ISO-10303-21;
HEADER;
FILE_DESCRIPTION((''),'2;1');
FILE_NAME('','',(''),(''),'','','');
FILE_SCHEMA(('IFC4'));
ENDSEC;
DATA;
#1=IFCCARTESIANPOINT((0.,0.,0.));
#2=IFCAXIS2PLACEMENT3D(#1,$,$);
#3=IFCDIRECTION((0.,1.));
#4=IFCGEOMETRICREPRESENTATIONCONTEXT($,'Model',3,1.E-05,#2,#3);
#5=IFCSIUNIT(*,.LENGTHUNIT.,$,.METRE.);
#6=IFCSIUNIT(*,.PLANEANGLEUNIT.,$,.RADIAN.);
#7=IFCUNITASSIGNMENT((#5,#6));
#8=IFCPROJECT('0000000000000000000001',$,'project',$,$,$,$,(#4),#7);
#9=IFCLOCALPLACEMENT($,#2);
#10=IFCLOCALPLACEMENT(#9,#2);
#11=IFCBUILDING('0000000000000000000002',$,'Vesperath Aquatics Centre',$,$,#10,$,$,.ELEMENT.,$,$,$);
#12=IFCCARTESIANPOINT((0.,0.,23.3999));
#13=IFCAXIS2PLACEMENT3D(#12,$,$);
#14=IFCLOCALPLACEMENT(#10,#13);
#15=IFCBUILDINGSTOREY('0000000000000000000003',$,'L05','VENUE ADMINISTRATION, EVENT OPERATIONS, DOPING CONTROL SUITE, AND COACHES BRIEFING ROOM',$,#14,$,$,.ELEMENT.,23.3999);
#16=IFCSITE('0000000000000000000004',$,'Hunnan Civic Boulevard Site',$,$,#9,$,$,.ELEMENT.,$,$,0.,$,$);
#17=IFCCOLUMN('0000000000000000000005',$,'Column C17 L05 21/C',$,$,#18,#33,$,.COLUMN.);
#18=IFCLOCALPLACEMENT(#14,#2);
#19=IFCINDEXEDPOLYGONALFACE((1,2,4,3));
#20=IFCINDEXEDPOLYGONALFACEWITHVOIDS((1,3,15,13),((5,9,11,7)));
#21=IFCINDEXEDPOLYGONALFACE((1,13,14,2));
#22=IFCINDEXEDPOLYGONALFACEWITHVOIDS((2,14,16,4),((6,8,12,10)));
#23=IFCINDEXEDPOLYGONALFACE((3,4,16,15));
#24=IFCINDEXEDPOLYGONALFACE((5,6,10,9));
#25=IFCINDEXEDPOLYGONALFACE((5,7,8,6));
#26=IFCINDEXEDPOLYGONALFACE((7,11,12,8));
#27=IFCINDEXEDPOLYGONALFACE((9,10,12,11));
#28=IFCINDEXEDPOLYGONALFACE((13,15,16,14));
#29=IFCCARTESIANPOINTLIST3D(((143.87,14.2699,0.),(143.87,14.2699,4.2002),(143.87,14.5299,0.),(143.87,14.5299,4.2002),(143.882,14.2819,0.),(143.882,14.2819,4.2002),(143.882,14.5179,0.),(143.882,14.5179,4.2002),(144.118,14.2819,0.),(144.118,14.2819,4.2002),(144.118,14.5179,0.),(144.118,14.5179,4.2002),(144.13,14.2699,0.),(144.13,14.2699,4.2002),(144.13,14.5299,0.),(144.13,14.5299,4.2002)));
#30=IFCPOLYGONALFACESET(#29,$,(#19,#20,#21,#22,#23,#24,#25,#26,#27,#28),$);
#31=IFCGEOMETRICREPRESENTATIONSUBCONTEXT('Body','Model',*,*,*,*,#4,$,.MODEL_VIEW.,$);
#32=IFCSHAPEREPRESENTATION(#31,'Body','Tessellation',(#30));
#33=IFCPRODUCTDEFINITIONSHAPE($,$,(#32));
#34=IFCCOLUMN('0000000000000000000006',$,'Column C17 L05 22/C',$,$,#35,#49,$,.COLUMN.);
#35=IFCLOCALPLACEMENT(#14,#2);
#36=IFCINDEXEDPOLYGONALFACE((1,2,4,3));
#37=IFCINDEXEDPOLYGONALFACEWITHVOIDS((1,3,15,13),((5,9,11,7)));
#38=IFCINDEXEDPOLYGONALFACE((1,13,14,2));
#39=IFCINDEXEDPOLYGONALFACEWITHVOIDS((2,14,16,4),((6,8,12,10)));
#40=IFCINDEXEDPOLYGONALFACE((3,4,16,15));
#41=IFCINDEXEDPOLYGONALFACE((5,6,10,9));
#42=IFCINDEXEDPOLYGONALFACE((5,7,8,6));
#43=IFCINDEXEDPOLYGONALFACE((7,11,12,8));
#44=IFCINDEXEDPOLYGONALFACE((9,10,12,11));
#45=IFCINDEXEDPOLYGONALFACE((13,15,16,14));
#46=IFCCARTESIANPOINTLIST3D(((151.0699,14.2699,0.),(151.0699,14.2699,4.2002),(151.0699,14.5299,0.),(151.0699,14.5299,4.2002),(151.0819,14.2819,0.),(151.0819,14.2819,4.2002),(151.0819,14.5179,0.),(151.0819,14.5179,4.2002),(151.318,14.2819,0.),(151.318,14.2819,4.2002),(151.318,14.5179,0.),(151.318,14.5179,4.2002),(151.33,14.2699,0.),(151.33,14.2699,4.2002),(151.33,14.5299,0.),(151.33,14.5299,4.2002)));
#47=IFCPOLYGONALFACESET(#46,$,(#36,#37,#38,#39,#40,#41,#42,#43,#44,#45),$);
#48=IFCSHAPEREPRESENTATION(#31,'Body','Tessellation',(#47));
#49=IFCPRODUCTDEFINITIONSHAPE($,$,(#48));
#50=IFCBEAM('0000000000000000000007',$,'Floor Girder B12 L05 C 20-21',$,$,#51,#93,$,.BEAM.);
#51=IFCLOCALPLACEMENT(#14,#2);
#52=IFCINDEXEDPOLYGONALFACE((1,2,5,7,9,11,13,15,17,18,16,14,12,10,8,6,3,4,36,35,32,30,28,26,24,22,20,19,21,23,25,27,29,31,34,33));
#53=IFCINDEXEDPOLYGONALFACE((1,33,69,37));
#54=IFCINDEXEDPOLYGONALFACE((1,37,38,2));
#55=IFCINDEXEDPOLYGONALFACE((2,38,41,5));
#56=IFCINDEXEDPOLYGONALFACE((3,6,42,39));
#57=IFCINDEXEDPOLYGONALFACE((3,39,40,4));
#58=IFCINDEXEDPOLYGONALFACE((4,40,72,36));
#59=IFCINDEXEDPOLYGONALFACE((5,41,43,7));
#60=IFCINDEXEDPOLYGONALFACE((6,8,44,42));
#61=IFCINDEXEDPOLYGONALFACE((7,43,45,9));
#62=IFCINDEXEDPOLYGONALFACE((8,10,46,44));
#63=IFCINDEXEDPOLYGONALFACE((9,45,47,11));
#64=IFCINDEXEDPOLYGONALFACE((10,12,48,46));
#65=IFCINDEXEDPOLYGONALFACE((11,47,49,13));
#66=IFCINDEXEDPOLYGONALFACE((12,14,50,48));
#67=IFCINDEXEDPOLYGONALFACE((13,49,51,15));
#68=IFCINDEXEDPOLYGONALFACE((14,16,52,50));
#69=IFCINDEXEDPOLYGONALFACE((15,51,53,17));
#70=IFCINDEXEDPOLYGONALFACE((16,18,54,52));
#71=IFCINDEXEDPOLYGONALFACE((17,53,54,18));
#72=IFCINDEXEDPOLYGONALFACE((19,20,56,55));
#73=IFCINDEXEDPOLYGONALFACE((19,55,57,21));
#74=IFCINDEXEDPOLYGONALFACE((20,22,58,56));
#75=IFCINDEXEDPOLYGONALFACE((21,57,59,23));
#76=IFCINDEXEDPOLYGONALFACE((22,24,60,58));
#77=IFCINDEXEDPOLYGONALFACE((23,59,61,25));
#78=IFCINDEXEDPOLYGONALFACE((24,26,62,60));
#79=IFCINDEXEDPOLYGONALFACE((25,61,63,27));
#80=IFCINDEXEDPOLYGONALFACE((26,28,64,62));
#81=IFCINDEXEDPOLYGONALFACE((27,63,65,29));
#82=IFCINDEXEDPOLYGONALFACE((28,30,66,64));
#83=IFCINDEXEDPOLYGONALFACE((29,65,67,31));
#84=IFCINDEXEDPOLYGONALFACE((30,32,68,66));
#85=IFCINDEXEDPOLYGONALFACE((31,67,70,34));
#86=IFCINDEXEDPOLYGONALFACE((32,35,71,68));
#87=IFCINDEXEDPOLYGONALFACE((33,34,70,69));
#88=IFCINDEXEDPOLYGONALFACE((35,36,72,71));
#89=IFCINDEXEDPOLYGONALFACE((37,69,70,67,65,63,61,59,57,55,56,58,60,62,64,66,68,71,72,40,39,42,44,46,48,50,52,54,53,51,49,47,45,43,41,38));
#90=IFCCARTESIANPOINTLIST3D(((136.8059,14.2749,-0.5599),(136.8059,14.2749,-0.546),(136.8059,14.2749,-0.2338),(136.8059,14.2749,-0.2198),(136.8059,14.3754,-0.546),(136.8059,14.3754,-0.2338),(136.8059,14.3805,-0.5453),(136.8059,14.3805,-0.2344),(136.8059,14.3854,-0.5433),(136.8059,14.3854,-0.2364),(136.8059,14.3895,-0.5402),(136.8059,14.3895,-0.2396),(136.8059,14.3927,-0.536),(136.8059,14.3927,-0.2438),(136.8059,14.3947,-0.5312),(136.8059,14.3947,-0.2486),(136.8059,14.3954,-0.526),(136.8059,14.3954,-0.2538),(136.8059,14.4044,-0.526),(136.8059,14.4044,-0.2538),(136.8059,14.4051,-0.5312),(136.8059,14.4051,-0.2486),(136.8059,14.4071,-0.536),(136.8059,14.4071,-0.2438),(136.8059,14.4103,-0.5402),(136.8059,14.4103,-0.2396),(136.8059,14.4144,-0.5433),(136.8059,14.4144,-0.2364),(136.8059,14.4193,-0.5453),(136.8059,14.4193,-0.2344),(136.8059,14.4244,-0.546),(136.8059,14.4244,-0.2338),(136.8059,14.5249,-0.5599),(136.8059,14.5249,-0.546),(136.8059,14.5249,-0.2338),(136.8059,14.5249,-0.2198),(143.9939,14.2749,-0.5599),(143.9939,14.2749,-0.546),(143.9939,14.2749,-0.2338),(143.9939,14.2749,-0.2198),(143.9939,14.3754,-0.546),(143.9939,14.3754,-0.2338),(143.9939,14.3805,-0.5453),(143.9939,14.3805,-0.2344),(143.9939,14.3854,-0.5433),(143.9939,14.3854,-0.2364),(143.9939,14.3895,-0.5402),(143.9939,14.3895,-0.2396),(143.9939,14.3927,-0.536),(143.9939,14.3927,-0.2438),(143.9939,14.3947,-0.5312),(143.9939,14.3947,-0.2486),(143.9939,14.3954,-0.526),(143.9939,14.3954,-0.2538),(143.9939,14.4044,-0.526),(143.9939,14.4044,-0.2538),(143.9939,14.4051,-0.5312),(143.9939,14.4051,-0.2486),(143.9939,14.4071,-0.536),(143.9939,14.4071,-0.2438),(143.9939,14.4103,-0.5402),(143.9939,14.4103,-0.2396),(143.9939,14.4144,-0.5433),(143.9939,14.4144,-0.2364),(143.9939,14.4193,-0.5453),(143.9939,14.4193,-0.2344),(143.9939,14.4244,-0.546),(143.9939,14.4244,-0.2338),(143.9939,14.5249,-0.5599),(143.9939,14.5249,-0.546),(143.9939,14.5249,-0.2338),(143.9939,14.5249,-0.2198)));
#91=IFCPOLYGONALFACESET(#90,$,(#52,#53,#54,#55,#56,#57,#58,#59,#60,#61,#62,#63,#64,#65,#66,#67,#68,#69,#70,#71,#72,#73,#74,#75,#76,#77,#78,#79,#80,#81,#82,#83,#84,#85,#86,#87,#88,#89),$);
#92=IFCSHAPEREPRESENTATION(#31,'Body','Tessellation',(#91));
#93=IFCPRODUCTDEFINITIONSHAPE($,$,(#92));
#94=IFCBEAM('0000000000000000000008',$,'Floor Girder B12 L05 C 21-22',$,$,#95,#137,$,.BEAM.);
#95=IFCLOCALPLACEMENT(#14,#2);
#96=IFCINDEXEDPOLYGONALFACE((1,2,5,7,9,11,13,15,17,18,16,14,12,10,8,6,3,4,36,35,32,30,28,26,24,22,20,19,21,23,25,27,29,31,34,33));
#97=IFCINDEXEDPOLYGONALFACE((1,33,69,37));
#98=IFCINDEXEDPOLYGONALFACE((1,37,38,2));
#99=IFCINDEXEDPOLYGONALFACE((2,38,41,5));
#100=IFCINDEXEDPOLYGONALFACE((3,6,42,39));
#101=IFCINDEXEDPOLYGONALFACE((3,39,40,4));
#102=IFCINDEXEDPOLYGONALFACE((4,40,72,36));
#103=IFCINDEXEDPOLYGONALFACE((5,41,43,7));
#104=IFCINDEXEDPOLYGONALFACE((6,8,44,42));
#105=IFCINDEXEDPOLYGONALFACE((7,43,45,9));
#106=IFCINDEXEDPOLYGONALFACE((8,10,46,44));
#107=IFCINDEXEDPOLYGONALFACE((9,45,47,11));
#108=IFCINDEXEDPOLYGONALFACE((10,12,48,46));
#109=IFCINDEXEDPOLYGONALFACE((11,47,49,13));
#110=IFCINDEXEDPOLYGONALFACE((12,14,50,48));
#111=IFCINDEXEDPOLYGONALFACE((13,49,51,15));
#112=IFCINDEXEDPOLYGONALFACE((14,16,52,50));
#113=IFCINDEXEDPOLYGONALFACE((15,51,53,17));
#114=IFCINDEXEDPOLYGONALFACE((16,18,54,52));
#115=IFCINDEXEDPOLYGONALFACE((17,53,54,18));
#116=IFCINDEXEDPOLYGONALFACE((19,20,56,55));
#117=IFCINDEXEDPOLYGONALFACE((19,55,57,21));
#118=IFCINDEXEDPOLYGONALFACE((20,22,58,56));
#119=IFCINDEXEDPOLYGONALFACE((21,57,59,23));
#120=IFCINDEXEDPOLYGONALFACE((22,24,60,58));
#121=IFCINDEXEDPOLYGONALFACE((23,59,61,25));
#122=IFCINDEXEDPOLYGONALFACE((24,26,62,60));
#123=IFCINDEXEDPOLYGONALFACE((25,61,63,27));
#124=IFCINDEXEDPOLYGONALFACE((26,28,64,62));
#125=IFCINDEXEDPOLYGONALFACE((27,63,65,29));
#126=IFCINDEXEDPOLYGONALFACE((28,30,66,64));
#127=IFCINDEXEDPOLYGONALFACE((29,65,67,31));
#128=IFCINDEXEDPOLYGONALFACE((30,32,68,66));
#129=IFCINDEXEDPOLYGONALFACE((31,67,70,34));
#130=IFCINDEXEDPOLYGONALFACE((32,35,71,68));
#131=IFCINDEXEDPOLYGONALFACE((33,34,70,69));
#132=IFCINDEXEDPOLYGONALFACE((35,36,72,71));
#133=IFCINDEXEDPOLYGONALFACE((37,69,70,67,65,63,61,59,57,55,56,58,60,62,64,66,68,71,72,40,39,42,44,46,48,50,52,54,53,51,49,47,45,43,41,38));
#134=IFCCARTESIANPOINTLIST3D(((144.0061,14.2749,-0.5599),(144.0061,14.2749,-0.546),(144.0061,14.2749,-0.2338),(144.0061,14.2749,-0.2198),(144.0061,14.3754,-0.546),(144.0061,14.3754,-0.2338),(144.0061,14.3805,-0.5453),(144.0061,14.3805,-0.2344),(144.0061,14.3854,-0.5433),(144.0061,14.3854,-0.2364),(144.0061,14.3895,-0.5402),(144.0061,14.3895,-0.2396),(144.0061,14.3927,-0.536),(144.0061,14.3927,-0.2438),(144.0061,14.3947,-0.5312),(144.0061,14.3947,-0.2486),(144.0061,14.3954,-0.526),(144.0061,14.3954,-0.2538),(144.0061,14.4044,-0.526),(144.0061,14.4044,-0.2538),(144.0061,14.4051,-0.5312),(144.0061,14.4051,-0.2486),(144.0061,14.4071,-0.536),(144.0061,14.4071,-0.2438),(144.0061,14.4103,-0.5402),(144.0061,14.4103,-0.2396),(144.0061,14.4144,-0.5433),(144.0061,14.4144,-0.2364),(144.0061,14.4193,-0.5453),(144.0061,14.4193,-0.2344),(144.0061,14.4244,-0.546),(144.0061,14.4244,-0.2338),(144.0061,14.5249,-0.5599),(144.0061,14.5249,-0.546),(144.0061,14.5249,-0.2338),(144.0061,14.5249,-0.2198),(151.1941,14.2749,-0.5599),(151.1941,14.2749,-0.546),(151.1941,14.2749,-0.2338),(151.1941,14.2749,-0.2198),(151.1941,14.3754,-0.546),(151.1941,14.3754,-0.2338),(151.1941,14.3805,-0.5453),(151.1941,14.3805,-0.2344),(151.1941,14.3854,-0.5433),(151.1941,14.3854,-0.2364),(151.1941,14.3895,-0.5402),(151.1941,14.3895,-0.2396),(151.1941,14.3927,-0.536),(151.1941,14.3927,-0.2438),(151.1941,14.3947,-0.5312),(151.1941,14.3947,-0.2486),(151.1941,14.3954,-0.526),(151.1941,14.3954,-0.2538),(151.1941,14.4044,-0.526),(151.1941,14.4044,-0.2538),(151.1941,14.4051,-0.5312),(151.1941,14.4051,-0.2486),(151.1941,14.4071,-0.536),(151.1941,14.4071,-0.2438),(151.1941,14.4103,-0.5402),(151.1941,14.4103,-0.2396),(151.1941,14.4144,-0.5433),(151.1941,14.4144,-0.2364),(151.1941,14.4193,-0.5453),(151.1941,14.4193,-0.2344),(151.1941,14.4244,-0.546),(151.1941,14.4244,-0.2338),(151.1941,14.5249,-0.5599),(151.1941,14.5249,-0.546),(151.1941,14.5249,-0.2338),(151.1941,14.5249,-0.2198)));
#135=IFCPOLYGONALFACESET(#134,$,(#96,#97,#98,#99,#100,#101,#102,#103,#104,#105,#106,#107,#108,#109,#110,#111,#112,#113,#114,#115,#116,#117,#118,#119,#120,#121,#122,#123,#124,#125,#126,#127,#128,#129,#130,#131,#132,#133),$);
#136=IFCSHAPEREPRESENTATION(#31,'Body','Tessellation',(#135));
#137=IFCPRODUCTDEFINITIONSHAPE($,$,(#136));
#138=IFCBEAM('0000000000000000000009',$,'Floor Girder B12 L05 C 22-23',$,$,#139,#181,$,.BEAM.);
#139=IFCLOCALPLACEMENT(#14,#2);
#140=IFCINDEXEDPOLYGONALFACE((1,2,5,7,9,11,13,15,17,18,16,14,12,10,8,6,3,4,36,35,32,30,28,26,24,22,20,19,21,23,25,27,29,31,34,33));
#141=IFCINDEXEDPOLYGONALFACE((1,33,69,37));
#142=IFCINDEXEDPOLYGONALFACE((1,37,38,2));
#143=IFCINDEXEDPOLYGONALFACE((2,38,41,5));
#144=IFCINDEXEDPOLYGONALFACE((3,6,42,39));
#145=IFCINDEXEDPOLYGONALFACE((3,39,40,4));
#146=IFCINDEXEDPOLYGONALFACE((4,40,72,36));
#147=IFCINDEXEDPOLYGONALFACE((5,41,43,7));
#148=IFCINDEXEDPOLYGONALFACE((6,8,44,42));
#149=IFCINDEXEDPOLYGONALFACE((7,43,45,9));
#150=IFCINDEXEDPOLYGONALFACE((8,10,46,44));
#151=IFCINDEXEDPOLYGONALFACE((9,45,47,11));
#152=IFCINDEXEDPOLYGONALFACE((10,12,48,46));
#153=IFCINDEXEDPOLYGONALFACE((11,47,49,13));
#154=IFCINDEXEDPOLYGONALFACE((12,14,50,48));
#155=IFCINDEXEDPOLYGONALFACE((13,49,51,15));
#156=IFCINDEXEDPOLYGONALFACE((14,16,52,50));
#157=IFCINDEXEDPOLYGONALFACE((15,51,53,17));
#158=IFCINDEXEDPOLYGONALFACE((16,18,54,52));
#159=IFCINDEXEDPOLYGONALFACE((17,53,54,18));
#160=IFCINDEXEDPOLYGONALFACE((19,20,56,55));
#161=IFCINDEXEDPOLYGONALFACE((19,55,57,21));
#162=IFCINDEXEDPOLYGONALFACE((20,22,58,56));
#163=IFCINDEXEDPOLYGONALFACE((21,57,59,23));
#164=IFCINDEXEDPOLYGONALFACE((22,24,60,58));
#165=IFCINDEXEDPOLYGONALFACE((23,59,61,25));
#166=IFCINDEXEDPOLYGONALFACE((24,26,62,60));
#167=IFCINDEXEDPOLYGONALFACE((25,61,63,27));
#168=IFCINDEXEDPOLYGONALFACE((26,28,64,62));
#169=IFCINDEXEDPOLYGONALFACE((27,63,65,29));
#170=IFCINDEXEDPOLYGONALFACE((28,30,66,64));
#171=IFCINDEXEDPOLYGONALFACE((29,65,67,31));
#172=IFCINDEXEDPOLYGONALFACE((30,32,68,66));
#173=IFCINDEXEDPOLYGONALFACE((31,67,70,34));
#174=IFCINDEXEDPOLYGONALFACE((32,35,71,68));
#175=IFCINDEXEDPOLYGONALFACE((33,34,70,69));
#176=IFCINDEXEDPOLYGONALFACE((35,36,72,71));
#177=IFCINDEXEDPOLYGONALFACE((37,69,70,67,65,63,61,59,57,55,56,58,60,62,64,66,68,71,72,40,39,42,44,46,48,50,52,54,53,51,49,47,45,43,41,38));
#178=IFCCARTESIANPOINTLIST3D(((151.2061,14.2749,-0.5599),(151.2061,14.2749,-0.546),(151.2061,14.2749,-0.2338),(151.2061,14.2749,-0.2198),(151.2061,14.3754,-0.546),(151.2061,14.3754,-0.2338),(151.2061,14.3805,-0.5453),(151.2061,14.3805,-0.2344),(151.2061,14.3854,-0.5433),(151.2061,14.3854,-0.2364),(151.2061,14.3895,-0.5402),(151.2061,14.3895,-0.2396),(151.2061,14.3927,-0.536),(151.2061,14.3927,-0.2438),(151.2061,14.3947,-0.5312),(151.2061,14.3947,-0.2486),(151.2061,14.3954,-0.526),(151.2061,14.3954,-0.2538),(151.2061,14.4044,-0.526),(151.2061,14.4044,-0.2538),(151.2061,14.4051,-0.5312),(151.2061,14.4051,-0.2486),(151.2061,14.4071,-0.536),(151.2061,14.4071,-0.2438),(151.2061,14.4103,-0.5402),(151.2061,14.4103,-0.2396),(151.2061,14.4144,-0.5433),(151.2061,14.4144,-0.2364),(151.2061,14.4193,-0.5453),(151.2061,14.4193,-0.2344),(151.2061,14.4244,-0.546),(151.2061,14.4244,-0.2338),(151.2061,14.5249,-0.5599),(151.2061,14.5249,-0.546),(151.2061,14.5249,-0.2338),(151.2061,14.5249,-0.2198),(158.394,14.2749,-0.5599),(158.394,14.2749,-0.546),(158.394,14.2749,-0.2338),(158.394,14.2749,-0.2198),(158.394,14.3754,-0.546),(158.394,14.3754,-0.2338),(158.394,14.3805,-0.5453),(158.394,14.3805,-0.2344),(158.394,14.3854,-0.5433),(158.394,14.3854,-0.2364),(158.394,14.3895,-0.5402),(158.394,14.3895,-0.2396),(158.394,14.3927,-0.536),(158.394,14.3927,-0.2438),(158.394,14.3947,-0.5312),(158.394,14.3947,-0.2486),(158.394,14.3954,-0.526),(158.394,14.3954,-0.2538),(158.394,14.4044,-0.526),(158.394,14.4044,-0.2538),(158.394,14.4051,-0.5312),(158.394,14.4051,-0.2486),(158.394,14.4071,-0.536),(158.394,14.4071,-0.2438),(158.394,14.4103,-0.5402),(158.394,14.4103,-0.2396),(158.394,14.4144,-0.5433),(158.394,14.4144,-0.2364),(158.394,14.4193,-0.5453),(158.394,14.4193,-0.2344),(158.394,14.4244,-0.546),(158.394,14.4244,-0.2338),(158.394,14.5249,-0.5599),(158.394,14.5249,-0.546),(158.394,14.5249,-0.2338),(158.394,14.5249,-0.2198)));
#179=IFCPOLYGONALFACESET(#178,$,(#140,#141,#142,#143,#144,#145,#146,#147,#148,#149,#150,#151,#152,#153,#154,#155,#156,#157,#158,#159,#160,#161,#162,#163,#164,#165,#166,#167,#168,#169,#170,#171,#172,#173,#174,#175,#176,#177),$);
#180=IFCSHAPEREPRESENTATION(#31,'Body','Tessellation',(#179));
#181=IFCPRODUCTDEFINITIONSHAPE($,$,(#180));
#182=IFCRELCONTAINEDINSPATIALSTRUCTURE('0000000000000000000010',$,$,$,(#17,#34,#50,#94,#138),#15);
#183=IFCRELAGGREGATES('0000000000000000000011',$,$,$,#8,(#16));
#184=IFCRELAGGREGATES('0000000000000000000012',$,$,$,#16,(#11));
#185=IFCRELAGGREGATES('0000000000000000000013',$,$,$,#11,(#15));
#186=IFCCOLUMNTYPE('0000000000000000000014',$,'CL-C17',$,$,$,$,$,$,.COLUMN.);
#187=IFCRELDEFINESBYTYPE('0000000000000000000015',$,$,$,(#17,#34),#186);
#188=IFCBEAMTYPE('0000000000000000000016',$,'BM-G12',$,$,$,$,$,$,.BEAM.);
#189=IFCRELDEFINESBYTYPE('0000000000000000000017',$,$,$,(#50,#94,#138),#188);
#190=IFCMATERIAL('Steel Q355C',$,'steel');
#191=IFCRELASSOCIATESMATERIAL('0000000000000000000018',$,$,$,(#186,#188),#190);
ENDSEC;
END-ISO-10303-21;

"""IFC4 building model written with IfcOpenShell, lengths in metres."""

from ifc_helpers import new_model, si_unit, direction, frame, origin, origin_2d, place, context, subcontext, project, spatial, hollow_rectangle, i_section, extrude, material, material_profile, profile_set, type_object, element, save


model = new_model("IFC4")

# Units and contexts
model_context = context("Model", 3, precision=1e-05, world=origin(), true_north=direction((0.0, 1.0)))
body_context = subcontext(model_context, "Body", "Model", "MODEL_VIEW")
ifc_project = project(units=[si_unit("LENGTHUNIT", "METRE"), si_unit("PLANEANGLEUNIT", "RADIAN")], contexts=[model_context])

# Site, building, storey
site_placement = place(None, origin())
site = spatial("IfcSite", under=ifc_project, at=site_placement, Name="Hunnan Civic Boulevard Site", CompositionType="ELEMENT", RefElevation=0.0)
building_placement = place(site_placement, origin())
building = spatial("IfcBuilding", under=site, at=building_placement, Name="Vesperath Aquatics Centre", CompositionType="ELEMENT")
storey_placement = place(building_placement, frame((0.0, 0.0, 23.3999)))
storey = spatial("IfcBuildingStorey", under=building, at=storey_placement, Name="L05", Description="VENUE ADMINISTRATION, EVENT OPERATIONS, DOPING CONTROL SUITE, AND COACHES BRIEFING ROOM", CompositionType="ELEMENT", Elevation=23.3999)

# Columns
ifc_material_1 = material(Name="Steel Q355C", Category="steel")
ifc_material_profile_1 = material_profile(ifc_material_1, hollow_rectangle(XDim=0.26, YDim=0.26, WallThickness=0.012, at=origin_2d()), Name="SHS 260x260x12")
ifc_profile_set_1 = profile_set([ifc_material_profile_1], Name="Steel Q355C")
column_type = type_object("IfcColumnType", Name="CL-C17", PredefinedType="COLUMN", material=ifc_profile_set_1)
for number, where, z_axis, x_axis, name in (
    (1, (144.0, 14.3999, 0.0), (0.0, 0.0, 1.0), (1.0, 0.0, 0.0), "Column C17 L05 21/C"),
    (2, (151.2, 14.3999, 0.0), (0.0, 0.0, 1.0), (1.0, 0.0, 0.0), "Column C17 L05 22/C"),
):
    element("IfcColumn", number, at=place(storey_placement, frame(where, z_axis=z_axis, x_axis=x_axis)), inside=storey, type_object=column_type, Name=name, PredefinedType="COLUMN", context=body_context, shape_type="SweptSolid", body=[
        extrude(hollow_rectangle(XDim=0.26, YDim=0.26, WallThickness=0.012, at=origin_2d()), origin(), (0.0, 0.0, 1.0), 4.2002),
    ])

# Beams
ifc_material_profile_2 = material_profile(ifc_material_1, i_section(OverallWidth=0.25, OverallDepth=0.3401, WebThickness=0.009, FlangeThickness=0.0139, FilletRadius=0.02, at=origin_2d()), Name="HM 340x250x9x14")
ifc_profile_set_2 = profile_set([ifc_material_profile_2], Name="Steel Q355C")
beam_type_1 = type_object("IfcBeamType", Name="BM-G12", PredefinedType="BEAM", material=ifc_profile_set_2)
for number, where, z_axis, x_axis, name in (
    (3, (136.8059, 14.3999, -0.3899), (1.0, 0.0, 0.0), (0.0, 1.0, 0.0), "Floor Girder B12 L05 C 20-21"),
    (4, (144.0061, 14.3999, -0.3899), (1.0, 0.0, 0.0), (0.0, 1.0, 0.0), "Floor Girder B12 L05 C 21-22"),
    (5, (151.2061, 14.3999, -0.3899), (1.0, 0.0, 0.0), (0.0, 1.0, 0.0), "Floor Girder B12 L05 C 22-23"),
):
    element("IfcBeam", number, at=place(storey_placement, frame(where, z_axis=z_axis, x_axis=x_axis)), inside=storey, type_object=beam_type_1, Name=name, PredefinedType="BEAM", context=body_context, shape_type="SweptSolid", body=[
        extrude(i_section(OverallWidth=0.25, OverallDepth=0.3401, WebThickness=0.009, FlangeThickness=0.0139, FilletRadius=0.02, at=origin_2d()), origin(), (0.0, 0.0, 1.0), 7.188),
    ])

save(model, "model.ifc")
